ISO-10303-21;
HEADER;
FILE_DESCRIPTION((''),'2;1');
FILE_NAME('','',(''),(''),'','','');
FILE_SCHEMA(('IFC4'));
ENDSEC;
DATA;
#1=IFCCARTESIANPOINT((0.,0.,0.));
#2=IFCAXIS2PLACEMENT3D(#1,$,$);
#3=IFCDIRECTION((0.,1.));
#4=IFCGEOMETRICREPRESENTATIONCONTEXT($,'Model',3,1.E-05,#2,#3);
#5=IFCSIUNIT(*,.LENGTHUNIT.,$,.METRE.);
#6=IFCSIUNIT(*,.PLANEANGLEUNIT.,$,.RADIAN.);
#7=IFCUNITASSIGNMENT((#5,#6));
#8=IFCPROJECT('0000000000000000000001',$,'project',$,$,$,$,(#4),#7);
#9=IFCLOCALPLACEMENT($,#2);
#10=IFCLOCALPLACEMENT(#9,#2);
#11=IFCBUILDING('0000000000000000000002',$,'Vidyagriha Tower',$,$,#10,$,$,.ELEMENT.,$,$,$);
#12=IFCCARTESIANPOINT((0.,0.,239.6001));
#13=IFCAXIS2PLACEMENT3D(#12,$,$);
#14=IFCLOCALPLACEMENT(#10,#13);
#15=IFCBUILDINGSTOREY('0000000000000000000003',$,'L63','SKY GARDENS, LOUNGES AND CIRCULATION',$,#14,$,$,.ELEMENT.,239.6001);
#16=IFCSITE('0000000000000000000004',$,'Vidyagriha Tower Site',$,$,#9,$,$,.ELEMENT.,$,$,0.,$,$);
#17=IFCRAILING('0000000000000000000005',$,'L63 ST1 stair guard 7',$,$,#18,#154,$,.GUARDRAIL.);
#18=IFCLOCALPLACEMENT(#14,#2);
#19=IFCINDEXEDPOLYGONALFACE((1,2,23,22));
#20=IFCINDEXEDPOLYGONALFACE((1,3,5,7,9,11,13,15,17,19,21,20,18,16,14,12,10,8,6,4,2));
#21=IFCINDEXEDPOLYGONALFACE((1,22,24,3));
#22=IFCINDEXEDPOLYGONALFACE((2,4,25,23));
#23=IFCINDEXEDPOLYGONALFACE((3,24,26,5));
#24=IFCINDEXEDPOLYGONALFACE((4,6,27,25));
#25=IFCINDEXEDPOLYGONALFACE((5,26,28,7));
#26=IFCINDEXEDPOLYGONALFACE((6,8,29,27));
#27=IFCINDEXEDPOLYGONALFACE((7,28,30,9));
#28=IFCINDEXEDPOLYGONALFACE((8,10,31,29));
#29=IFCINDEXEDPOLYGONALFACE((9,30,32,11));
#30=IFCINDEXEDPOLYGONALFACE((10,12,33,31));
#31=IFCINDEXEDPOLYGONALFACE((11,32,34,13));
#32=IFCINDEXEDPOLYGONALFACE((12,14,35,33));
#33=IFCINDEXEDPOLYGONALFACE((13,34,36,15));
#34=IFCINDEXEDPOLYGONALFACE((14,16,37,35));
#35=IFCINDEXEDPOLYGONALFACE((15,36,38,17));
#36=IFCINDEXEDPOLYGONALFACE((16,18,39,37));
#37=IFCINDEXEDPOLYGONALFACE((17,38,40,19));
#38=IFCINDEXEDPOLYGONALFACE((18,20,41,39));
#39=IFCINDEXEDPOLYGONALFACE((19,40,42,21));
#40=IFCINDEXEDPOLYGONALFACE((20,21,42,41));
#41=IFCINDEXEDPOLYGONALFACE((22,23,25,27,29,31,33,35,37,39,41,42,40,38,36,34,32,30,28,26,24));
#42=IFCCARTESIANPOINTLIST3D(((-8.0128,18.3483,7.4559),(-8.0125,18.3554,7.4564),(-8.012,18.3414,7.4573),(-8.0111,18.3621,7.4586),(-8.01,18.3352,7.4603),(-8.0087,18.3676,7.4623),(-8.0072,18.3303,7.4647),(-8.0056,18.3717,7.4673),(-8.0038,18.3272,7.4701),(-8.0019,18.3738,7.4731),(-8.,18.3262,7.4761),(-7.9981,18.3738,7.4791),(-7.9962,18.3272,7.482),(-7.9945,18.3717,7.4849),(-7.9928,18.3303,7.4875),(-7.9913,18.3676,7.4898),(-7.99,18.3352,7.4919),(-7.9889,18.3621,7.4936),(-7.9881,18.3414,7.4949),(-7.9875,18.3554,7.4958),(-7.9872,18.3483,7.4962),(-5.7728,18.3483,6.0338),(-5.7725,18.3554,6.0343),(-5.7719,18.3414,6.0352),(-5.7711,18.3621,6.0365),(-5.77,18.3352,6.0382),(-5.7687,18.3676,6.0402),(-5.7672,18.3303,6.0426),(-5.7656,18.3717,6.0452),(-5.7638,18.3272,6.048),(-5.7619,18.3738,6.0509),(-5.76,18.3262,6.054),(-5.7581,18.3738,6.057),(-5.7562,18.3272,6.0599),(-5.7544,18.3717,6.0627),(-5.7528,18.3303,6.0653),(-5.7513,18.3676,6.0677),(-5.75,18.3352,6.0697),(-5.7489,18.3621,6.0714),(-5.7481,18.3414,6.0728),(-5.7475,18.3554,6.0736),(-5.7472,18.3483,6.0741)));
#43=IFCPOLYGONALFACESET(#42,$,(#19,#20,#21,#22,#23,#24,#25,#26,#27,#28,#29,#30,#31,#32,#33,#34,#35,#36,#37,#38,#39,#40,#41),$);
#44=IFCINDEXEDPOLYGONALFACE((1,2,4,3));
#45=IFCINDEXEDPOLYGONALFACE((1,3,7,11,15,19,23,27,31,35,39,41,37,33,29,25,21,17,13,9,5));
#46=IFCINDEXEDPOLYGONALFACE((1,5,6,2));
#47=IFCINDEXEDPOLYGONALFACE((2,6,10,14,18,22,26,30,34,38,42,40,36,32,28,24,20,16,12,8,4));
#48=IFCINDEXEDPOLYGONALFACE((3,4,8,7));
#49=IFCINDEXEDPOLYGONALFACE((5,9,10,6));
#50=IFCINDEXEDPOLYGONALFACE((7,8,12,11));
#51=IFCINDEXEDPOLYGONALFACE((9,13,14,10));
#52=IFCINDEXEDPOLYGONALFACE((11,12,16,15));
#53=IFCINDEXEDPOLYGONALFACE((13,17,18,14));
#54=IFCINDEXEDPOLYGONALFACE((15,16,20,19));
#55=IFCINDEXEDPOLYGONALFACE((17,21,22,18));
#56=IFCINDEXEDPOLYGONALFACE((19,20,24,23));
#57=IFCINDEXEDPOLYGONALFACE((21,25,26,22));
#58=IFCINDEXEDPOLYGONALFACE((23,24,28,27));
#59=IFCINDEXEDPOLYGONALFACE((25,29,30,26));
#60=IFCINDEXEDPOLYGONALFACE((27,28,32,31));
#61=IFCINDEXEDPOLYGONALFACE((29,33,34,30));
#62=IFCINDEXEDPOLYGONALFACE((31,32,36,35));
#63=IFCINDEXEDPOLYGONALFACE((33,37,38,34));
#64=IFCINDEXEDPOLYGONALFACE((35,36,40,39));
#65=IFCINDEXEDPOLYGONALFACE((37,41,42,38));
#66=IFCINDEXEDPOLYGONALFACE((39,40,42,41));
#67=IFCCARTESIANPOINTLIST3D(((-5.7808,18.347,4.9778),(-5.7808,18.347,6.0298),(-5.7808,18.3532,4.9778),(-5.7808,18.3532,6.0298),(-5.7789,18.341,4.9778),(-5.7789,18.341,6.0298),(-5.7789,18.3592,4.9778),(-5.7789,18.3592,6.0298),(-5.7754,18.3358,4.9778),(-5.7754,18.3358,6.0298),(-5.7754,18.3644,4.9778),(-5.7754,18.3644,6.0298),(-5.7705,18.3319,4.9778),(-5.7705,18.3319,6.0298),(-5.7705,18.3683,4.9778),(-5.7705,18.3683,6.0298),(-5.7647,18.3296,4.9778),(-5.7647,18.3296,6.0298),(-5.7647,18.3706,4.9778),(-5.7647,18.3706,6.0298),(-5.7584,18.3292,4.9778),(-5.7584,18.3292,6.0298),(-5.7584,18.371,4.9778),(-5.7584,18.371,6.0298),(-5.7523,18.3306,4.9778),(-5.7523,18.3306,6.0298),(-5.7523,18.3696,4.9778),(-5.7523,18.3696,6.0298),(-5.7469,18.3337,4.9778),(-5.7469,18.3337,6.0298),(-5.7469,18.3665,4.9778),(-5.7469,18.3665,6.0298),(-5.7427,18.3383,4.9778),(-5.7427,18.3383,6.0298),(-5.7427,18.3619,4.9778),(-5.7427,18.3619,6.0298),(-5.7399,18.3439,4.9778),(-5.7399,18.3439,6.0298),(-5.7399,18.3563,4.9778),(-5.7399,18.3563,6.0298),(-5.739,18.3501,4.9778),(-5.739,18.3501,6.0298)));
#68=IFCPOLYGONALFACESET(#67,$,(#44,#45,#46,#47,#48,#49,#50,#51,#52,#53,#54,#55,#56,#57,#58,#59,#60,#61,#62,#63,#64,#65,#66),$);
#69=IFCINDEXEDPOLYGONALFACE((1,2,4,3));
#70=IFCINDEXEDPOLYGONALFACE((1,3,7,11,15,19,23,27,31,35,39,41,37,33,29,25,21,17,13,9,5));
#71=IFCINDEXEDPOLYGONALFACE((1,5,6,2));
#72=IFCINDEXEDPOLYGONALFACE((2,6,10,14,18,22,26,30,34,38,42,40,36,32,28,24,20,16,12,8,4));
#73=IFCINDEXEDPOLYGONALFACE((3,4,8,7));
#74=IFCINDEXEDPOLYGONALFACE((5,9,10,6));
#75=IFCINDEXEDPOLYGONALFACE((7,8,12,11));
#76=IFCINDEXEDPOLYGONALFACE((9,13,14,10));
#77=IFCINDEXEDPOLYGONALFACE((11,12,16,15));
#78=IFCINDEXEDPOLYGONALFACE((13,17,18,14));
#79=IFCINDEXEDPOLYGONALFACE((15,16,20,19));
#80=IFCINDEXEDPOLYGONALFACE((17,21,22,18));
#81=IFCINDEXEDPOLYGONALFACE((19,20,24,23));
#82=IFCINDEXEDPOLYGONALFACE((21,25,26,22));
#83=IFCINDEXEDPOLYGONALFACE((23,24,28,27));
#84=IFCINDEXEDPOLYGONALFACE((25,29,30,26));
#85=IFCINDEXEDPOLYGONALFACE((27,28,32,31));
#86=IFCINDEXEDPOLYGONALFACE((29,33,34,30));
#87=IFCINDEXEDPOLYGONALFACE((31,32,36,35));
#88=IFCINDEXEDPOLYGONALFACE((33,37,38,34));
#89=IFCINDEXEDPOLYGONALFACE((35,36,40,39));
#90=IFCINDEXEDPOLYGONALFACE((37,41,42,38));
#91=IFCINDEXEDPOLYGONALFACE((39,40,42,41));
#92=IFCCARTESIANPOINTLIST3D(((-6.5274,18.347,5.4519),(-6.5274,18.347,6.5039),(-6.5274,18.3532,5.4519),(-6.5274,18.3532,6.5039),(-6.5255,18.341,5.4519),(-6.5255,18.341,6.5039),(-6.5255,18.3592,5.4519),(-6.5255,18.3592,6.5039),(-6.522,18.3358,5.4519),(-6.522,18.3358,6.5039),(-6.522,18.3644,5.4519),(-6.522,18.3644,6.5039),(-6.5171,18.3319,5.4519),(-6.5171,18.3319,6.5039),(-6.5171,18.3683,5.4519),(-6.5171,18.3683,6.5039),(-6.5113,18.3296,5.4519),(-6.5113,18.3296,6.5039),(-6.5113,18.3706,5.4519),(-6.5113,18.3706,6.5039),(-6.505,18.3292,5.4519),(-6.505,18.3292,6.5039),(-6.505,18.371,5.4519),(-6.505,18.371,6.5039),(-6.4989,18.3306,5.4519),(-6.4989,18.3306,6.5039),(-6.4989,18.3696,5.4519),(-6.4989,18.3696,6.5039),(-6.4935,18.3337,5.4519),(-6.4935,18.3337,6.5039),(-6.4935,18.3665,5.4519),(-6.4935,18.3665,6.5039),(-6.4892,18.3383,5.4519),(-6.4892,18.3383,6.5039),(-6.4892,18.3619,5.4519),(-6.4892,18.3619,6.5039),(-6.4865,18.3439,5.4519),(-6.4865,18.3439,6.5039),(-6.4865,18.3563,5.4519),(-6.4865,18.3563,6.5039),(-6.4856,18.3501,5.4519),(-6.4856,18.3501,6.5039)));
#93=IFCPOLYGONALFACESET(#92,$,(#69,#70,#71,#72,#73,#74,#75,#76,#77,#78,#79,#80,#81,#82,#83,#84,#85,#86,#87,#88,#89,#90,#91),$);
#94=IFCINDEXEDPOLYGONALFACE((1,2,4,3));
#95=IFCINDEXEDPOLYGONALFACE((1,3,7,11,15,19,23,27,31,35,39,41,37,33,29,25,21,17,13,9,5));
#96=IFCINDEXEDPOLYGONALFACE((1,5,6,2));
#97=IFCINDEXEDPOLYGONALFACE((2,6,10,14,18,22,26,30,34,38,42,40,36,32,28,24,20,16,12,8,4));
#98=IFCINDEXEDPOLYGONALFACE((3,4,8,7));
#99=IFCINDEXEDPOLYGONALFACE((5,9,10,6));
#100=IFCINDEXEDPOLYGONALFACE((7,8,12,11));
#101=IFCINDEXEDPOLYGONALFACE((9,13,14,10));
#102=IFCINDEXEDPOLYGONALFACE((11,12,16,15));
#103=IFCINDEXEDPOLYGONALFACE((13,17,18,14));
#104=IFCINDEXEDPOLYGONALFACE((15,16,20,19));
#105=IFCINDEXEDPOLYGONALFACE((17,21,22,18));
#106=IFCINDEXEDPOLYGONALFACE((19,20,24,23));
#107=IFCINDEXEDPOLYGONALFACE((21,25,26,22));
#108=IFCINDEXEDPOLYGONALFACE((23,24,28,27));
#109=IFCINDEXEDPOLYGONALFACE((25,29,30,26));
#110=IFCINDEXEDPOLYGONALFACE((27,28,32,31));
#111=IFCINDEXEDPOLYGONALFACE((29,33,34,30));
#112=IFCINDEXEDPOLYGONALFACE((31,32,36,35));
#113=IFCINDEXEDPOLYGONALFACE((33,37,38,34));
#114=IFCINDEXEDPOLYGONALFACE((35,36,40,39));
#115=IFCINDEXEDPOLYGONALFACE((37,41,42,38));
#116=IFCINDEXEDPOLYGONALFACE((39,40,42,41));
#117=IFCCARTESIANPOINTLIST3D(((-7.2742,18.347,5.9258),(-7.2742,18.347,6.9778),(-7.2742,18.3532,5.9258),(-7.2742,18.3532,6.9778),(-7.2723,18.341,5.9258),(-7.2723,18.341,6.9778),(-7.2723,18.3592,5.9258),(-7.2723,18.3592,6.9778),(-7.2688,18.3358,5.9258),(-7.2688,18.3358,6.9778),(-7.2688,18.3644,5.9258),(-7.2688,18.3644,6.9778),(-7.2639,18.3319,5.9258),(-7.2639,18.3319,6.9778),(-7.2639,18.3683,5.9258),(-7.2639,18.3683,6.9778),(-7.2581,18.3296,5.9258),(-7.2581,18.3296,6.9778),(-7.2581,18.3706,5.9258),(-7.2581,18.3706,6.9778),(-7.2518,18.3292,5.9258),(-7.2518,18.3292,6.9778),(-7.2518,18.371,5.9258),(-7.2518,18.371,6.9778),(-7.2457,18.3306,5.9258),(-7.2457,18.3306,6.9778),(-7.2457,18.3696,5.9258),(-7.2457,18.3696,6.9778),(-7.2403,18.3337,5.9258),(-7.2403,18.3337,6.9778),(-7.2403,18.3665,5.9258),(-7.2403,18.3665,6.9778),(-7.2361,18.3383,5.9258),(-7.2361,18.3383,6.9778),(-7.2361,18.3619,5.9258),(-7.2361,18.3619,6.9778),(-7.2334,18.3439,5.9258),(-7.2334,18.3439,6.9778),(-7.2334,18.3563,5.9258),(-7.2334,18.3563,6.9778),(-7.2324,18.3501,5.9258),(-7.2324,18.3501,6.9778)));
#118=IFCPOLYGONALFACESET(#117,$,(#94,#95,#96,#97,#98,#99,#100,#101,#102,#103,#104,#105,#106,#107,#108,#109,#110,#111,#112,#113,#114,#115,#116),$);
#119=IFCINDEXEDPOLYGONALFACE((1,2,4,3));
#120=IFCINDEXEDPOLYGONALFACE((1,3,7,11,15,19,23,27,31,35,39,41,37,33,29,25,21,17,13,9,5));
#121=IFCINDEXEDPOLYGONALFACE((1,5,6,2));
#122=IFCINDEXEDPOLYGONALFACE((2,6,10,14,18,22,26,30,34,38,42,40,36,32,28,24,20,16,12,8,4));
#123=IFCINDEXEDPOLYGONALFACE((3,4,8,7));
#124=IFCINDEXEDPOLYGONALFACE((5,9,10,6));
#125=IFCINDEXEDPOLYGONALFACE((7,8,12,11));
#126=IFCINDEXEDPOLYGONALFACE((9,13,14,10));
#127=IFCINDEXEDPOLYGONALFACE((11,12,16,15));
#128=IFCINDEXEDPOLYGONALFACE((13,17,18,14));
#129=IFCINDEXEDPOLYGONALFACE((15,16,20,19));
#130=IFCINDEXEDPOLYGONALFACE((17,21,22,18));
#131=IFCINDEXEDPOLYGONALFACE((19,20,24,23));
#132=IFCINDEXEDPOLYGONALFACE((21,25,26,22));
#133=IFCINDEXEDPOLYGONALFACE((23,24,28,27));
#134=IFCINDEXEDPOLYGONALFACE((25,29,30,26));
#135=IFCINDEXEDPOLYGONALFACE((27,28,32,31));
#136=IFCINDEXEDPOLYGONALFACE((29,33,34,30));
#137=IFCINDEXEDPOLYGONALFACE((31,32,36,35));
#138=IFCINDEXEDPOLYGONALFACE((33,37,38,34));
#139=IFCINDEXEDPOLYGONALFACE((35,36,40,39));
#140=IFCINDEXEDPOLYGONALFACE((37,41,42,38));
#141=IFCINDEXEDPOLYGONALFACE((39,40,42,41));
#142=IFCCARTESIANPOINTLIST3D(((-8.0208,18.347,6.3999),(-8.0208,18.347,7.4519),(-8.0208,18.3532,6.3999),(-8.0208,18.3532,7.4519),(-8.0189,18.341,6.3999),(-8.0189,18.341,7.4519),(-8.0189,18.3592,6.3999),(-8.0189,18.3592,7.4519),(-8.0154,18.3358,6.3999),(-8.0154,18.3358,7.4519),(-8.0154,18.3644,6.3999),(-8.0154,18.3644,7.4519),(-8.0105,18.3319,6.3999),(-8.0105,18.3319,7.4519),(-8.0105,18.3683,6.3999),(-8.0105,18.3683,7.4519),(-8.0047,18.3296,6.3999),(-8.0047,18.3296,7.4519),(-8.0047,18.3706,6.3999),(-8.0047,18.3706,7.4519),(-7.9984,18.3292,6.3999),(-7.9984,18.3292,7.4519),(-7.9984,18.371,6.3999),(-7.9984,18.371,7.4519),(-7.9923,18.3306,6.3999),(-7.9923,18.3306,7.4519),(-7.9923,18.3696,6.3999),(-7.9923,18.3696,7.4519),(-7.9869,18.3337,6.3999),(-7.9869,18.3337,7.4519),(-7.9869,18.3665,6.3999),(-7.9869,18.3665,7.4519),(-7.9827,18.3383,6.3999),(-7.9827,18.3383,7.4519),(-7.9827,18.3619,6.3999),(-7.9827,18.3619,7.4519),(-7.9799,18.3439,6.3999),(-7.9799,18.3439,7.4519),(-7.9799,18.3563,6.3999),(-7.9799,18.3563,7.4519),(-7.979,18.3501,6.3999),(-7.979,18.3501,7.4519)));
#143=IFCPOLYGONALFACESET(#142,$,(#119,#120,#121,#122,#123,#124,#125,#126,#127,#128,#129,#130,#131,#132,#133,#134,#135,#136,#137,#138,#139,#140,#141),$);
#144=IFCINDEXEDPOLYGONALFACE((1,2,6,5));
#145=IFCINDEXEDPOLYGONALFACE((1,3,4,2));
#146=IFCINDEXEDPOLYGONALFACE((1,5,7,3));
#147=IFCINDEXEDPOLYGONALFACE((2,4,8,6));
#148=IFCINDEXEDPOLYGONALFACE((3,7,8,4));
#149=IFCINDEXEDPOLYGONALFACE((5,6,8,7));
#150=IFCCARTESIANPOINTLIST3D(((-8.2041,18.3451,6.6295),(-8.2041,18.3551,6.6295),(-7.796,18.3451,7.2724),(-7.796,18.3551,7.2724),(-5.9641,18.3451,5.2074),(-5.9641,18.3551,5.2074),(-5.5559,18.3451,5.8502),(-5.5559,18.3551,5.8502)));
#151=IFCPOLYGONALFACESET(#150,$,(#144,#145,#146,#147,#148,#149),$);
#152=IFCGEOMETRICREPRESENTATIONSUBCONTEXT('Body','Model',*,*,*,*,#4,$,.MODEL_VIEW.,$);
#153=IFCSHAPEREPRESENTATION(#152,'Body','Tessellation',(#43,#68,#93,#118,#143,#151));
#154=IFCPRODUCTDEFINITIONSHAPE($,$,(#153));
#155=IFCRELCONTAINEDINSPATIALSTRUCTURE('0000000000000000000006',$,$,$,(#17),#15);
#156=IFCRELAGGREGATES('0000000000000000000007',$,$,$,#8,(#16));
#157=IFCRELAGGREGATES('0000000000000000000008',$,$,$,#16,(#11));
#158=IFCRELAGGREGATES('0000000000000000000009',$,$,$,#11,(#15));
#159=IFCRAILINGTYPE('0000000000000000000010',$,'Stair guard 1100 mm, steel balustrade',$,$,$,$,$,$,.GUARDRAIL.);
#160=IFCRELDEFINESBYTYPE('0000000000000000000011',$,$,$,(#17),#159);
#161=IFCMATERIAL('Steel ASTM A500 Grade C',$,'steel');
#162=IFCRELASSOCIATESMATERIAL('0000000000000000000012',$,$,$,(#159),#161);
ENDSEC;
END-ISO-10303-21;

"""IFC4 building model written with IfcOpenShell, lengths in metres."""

from ifc_helpers import new_model, si_unit, direction, frame, origin, origin_2d, place, context, subcontext, project, spatial, rectangle, circle, extrude, material, type_object, element, save


model = new_model("IFC4")

# Units and contexts
model_context = context("Model", 3, precision=1e-05, world=origin(), true_north=direction((0.0, 1.0)))
body_context = subcontext(model_context, "Body", "Model", "MODEL_VIEW")
ifc_project = project(units=[si_unit("LENGTHUNIT", "METRE"), si_unit("PLANEANGLEUNIT", "RADIAN")], contexts=[model_context])

# Site, building, storey
site_placement = place(None, origin())
site = spatial("IfcSite", under=ifc_project, at=site_placement, Name="Vidyagriha Tower Site", CompositionType="ELEMENT", RefElevation=0.0)
building_placement = place(site_placement, origin())
building = spatial("IfcBuilding", under=site, at=building_placement, Name="Vidyagriha Tower", CompositionType="ELEMENT")
storey_placement = place(building_placement, frame((0.0, 0.0, 239.6001)))
storey = spatial("IfcBuildingStorey", under=building, at=storey_placement, Name="L63", Description="SKY GARDENS, LOUNGES AND CIRCULATION", CompositionType="ELEMENT", Elevation=239.6001)

# Railing
ifc_material_1 = material(Name="Steel ASTM A500 Grade C", Category="steel")
railing_type_1 = type_object("IfcRailingType", Name="Stair guard 1100 mm, steel balustrade", PredefinedType="GUARDRAIL", material=ifc_material_1)
railing_1_placement = place(storey_placement, frame((-5.76, 18.3501, 4.9778)))
element("IfcRailing", 1, at=railing_1_placement, inside=storey, type_object=railing_type_1, Name="L63 ST1 stair guard 7", PredefinedType="GUARDRAIL", context=body_context, shape_type="SweptSolid", body=[
    extrude(circle(Radius=0.0239, at=origin_2d()), frame((0.0, 0.0, 1.0762), z_axis=(-0.844229, 0.0, 0.535982), x_axis=(0.0, -1.0, 0.0)), (0.0, 0.0, 1.0), 2.6533),
    extrude(circle(Radius=0.021, at=origin_2d()), origin(), (0.0, 0.0, 1.0), 1.052),
    extrude(circle(Radius=0.021, at=origin_2d()), frame((-0.7466, 0.0, 0.4741)), (0.0, 0.0, 1.0), 1.052),
    extrude(circle(Radius=0.021, at=origin_2d()), frame((-1.4934, 0.0, 0.948)), (0.0, 0.0, 1.0), 1.052),
    extrude(circle(Radius=0.021, at=origin_2d()), frame((-2.24, 0.0, 1.4221)), (0.0, 0.0, 1.0), 1.052),
    extrude(rectangle(XDim=0.01, YDim=0.7615, at=origin_2d()), frame((0.0, 0.0, 0.551), z_axis=(-0.844229, 0.0, 0.535982), x_axis=(0.0, -1.0, 0.0)), (0.0, 0.0, 1.0), 2.6533),
])

save(model, "model.ifc")
